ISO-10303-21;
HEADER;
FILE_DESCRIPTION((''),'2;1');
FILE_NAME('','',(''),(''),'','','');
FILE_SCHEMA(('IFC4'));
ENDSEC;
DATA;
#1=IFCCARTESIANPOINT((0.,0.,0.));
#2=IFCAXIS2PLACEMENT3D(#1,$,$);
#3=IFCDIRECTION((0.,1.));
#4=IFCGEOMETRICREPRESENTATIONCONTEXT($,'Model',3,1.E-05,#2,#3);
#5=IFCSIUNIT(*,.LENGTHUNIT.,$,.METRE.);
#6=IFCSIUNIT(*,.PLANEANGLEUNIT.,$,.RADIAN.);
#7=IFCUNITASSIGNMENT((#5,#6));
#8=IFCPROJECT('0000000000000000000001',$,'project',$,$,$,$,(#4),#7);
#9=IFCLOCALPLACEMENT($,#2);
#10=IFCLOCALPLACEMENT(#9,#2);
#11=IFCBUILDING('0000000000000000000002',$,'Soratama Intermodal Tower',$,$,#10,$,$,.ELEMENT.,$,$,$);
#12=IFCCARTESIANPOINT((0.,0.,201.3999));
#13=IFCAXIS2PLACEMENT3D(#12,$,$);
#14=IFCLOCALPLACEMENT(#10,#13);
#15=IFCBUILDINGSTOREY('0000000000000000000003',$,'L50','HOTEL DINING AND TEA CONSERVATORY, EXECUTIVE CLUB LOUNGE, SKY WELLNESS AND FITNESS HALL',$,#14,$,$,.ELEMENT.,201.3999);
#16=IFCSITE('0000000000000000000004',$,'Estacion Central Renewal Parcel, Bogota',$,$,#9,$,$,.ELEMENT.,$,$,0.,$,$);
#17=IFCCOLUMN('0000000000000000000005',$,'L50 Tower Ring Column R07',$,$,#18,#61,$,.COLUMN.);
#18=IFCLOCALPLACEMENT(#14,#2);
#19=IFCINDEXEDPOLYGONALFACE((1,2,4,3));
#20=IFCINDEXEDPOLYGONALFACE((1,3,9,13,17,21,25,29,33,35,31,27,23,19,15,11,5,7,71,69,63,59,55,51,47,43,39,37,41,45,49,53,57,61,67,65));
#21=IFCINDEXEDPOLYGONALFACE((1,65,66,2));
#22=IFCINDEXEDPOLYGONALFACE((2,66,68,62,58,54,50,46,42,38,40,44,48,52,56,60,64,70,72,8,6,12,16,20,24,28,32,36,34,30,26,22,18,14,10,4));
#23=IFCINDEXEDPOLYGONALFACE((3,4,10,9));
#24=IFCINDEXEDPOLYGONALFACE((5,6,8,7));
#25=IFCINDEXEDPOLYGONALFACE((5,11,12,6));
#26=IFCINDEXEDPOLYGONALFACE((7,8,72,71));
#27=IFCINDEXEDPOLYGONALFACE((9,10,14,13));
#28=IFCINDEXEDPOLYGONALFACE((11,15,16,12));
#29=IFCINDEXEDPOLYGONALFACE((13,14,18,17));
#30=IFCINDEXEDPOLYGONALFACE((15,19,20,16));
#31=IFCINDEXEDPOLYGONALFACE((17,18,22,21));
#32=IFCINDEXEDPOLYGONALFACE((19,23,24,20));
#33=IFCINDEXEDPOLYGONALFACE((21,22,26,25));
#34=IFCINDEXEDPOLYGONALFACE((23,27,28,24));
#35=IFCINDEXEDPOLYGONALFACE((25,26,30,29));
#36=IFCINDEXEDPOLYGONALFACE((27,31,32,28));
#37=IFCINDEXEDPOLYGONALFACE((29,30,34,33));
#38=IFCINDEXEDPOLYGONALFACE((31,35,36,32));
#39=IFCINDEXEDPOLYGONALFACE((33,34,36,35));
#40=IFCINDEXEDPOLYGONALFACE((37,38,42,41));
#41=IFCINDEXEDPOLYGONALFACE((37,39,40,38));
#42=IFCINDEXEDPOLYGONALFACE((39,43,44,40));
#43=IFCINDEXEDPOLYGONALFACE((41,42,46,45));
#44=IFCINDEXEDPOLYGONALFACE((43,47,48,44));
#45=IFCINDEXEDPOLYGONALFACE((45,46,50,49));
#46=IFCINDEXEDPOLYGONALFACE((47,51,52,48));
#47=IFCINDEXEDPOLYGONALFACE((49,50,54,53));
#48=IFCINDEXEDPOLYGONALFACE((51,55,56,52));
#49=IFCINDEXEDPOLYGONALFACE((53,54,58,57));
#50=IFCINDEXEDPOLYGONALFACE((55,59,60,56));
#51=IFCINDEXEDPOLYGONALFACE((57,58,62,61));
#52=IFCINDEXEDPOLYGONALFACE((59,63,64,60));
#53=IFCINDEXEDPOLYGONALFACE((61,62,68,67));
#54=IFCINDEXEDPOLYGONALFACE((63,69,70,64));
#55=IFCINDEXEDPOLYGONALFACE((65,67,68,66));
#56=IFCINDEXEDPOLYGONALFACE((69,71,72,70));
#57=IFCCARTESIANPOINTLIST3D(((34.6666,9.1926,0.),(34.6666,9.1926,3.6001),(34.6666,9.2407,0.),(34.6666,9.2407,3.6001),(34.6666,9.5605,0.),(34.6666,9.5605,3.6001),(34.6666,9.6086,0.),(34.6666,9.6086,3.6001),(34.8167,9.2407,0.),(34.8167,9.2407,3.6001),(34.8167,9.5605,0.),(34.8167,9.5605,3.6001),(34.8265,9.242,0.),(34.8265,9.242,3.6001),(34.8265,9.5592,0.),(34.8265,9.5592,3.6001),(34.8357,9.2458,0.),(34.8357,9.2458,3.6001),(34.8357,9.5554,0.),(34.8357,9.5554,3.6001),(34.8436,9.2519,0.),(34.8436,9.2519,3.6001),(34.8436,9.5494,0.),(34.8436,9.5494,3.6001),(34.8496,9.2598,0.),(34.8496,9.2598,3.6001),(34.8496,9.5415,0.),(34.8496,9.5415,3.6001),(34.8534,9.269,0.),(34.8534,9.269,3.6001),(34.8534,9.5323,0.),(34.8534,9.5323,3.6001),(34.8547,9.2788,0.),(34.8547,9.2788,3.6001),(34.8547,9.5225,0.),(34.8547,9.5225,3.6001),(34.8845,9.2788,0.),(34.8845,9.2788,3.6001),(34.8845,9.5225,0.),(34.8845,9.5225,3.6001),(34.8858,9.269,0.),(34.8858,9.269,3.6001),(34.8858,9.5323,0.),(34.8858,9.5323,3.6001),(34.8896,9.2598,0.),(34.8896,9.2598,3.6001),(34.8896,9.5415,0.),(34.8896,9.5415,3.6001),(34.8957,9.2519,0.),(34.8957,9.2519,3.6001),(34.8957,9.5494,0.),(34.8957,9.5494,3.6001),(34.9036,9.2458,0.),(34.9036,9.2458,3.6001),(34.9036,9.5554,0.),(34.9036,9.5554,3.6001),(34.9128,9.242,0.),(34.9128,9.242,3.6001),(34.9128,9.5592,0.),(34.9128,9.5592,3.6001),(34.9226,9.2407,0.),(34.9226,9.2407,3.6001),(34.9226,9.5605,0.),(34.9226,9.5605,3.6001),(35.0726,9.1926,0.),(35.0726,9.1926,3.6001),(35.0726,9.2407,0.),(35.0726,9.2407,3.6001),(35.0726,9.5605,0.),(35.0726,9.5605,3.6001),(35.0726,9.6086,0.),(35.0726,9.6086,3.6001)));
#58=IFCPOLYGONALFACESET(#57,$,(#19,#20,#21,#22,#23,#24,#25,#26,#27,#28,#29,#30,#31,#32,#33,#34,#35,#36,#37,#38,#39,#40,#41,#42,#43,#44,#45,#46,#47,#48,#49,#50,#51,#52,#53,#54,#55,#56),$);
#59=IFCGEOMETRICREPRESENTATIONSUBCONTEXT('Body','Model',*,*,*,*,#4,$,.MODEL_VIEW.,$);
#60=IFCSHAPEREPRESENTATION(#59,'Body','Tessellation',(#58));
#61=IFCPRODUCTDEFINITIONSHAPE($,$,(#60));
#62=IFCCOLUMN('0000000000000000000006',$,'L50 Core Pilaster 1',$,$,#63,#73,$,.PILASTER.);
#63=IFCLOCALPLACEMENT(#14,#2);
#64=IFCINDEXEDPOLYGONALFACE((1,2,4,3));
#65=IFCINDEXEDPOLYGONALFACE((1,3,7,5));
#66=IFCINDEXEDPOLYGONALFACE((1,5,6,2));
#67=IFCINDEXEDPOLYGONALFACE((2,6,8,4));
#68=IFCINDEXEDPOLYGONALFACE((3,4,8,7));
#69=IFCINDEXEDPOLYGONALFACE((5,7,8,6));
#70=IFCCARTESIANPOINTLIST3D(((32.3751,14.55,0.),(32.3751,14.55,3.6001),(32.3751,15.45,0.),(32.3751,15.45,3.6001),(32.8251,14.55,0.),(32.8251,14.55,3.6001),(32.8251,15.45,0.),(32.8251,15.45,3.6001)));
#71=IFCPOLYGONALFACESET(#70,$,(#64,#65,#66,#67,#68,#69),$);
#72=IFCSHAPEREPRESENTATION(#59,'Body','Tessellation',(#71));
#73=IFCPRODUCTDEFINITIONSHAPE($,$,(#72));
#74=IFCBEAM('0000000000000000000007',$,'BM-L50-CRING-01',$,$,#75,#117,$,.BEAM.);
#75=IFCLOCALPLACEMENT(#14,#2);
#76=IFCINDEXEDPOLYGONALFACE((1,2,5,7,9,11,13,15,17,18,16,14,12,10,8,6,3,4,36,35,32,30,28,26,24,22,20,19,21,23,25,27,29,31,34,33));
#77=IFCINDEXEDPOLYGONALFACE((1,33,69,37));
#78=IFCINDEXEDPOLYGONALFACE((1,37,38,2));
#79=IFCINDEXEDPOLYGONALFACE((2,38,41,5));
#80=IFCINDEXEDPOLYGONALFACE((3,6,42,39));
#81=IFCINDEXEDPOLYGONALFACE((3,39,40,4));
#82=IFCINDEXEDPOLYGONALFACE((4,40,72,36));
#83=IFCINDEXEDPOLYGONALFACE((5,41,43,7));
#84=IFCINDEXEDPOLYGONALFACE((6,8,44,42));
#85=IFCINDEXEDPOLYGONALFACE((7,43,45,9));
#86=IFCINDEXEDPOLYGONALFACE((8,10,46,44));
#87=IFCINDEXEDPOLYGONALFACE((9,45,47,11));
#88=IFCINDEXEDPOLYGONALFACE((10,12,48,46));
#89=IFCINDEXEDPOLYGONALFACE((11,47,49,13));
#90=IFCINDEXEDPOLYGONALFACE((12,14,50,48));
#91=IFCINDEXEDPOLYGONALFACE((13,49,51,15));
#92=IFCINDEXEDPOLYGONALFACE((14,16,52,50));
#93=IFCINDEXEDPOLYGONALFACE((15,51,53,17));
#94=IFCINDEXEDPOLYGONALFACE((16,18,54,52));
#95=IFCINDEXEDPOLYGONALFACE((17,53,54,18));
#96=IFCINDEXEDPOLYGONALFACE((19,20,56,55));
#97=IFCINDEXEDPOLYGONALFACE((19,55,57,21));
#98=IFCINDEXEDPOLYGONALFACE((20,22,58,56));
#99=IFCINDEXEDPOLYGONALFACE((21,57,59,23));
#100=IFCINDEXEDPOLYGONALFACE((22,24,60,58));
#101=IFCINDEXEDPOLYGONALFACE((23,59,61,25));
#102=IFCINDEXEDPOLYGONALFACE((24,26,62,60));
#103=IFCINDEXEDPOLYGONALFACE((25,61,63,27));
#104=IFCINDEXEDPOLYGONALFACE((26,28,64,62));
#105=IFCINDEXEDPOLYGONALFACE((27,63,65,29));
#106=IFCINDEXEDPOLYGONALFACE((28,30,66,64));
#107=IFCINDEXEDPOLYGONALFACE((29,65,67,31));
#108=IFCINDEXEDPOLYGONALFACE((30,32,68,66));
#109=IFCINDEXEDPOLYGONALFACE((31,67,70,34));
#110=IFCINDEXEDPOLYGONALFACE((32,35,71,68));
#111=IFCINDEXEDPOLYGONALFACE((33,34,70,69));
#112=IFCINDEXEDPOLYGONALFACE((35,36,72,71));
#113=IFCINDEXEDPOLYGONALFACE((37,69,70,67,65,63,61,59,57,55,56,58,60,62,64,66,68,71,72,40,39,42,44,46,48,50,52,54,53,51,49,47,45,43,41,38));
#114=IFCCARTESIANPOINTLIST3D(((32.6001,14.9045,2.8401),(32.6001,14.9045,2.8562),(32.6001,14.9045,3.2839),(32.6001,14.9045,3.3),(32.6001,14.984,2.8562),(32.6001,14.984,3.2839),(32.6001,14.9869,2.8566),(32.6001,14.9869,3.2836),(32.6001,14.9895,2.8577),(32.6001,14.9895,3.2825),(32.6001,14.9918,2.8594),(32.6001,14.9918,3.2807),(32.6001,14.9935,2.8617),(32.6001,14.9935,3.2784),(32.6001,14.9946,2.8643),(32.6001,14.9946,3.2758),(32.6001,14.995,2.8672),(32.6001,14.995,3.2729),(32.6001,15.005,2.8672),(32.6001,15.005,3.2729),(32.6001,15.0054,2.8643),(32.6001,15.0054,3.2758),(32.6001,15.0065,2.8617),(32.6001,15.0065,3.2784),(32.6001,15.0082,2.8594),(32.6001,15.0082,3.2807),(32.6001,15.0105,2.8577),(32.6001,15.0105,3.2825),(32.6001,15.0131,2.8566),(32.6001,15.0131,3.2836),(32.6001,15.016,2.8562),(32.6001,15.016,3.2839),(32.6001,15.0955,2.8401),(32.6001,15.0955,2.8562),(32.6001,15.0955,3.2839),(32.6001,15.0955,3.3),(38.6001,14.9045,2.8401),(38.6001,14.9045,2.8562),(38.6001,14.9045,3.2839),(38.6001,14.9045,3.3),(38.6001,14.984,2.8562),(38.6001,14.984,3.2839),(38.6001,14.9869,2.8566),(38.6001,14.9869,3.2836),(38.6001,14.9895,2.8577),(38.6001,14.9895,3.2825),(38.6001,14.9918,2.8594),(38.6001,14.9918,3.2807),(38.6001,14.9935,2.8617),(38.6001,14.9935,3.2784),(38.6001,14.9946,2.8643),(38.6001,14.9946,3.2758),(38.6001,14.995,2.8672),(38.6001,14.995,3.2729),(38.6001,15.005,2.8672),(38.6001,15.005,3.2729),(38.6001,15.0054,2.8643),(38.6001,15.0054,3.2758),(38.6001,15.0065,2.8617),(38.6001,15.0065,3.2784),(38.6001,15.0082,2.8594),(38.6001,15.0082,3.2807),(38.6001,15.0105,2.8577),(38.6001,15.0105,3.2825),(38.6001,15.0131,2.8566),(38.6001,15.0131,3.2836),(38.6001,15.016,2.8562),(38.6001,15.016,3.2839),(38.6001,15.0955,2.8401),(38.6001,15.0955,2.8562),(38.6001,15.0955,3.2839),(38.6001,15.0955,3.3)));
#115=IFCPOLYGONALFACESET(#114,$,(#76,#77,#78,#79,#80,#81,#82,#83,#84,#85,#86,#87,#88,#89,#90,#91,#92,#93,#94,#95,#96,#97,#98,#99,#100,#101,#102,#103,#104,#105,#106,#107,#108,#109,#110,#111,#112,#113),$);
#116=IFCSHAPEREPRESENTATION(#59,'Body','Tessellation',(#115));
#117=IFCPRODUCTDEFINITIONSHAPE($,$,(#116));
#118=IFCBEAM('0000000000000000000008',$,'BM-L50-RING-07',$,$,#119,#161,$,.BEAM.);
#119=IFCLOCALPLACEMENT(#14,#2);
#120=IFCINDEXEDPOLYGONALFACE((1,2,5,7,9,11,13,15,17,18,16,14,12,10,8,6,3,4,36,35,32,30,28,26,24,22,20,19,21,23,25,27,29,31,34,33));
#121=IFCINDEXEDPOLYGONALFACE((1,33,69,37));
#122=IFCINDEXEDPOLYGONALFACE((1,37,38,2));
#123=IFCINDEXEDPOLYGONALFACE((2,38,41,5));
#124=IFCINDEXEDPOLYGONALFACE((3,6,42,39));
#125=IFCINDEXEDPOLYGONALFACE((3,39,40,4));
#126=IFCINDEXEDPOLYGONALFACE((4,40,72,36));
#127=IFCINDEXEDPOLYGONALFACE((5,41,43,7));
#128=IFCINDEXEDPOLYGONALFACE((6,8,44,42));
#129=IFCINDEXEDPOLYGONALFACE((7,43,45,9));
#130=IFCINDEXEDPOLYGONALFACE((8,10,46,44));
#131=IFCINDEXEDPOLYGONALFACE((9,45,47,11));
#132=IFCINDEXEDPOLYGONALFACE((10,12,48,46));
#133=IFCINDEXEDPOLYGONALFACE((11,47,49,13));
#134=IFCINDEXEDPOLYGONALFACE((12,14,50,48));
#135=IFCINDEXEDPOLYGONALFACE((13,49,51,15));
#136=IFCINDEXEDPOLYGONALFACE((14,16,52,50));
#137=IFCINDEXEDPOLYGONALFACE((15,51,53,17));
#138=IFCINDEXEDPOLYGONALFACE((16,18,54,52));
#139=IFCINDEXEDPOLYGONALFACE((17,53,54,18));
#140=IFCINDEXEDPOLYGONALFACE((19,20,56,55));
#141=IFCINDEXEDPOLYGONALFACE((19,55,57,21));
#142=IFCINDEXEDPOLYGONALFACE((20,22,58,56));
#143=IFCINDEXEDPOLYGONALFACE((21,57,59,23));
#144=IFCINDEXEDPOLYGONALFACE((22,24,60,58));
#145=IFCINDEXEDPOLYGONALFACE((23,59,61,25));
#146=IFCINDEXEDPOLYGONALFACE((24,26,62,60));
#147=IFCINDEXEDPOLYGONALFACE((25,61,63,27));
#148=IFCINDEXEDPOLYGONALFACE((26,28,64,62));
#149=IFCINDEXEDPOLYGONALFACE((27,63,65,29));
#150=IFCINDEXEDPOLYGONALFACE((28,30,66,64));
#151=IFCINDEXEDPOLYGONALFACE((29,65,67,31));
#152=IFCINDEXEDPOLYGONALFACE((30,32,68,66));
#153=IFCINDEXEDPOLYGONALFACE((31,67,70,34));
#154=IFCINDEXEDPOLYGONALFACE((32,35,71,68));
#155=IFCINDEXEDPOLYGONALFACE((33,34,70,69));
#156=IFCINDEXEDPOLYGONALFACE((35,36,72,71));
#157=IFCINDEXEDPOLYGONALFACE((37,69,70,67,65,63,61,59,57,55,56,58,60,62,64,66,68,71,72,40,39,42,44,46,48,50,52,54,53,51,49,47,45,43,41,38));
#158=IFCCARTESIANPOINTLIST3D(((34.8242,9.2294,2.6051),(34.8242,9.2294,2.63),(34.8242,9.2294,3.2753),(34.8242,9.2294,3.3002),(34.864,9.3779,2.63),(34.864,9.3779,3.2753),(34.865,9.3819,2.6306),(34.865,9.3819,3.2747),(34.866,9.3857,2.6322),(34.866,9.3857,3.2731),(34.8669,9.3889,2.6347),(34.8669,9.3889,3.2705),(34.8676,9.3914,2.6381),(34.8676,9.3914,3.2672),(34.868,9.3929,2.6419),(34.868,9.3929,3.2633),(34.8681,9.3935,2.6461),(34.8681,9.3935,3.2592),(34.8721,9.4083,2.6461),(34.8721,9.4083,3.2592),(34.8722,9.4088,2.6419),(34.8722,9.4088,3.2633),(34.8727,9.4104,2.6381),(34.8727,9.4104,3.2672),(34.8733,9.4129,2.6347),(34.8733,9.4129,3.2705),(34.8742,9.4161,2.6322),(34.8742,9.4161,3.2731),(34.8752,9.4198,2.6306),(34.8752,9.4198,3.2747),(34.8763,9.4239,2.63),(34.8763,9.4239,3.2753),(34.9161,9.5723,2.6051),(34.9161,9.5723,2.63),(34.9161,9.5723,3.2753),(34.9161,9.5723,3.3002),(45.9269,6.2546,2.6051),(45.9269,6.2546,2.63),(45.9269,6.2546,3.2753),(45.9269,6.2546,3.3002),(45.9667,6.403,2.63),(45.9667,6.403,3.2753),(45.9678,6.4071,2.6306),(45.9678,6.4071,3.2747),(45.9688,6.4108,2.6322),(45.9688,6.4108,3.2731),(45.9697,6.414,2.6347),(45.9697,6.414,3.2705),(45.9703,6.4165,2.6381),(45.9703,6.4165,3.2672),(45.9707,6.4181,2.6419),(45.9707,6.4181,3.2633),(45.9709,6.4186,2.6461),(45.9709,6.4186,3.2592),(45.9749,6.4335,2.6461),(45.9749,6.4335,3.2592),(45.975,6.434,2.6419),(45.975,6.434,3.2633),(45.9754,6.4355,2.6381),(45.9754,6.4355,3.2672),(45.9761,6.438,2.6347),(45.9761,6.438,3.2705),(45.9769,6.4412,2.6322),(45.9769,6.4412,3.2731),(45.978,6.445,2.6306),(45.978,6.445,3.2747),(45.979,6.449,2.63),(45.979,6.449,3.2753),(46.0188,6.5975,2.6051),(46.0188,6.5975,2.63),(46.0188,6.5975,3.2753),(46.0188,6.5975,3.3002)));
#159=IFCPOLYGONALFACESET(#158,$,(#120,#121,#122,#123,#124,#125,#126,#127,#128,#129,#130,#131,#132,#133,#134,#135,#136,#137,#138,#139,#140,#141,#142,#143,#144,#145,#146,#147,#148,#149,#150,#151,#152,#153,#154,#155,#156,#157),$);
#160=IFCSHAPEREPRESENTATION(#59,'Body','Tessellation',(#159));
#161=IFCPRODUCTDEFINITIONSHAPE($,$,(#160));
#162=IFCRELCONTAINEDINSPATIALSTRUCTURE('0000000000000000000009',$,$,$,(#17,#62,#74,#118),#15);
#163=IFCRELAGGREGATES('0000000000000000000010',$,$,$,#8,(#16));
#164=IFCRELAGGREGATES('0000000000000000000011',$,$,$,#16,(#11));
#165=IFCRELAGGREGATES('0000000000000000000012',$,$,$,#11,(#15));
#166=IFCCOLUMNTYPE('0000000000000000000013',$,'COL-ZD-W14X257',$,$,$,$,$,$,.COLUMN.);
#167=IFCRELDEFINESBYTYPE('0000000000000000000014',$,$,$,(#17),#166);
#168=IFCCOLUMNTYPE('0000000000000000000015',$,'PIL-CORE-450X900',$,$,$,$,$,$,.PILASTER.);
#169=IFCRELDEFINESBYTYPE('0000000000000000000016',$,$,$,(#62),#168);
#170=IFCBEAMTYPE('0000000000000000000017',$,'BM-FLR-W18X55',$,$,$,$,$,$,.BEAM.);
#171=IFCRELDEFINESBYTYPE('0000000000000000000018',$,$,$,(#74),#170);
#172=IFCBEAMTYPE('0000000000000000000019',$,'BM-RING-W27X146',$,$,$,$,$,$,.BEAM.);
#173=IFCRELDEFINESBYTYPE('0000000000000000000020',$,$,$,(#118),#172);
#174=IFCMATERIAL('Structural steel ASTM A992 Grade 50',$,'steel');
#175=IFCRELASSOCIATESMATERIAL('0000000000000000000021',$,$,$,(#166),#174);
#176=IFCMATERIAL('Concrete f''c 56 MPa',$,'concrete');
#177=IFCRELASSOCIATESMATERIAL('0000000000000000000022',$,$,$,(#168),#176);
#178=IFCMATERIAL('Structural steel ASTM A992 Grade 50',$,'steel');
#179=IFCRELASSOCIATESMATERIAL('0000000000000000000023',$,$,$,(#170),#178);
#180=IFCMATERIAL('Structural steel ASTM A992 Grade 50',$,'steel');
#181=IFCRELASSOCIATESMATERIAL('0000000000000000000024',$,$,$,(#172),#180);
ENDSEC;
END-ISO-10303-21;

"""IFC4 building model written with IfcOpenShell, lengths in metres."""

from ifc_helpers import new_model, si_unit, direction, frame, origin, origin_2d, place, context, subcontext, project, spatial, rectangle, i_section, extrude, material, material_profile, profile_set, type_object, element, save


model = new_model("IFC4")

# Units and contexts
model_context = context("Model", 3, precision=1e-05, world=origin(), true_north=direction((0.0, 1.0)))
body_context = subcontext(model_context, "Body", "Model", "MODEL_VIEW")
ifc_project = project(units=[si_unit("LENGTHUNIT", "METRE"), si_unit("PLANEANGLEUNIT", "RADIAN")], contexts=[model_context])

# Site, building, storey
site_placement = place(None, origin())
site = spatial("IfcSite", under=ifc_project, at=site_placement, Name="Estacion Central Renewal Parcel, Bogota", CompositionType="ELEMENT", RefElevation=0.0)
building_placement = place(site_placement, origin())
building = spatial("IfcBuilding", under=site, at=building_placement, Name="Soratama Intermodal Tower", CompositionType="ELEMENT")
storey_placement = place(building_placement, frame((0.0, 0.0, 201.3999)))
storey = spatial("IfcBuildingStorey", under=building, at=storey_placement, Name="L50", Description="HOTEL DINING AND TEA CONSERVATORY, EXECUTIVE CLUB LOUNGE, SKY WELLNESS AND FITNESS HALL", CompositionType="ELEMENT", Elevation=201.3999)

# Columns
ifc_material_1 = material(Name="Structural steel ASTM A992 Grade 50", Category="steel")
ifc_material_profile_1 = material_profile(ifc_material_1, i_section(OverallWidth=0.406, OverallDepth=0.416, WebThickness=0.0298, FlangeThickness=0.0481, FilletRadius=0.0381, at=origin_2d()), Name="W14X257")
ifc_profile_set_1 = profile_set([ifc_material_profile_1], Name="Structural steel ASTM A992 Grade 50")
column_type_1 = type_object("IfcColumnType", Name="COL-ZD-W14X257", PredefinedType="COLUMN", material=ifc_profile_set_1)
column_1_placement = place(storey_placement, frame((34.8696, 9.4006, 0.0), z_axis=(0.0, 0.0, 1.0), x_axis=(1.0, 0.0, 0.0)))
element("IfcColumn", 1, at=column_1_placement, inside=storey, type_object=column_type_1, Name="L50 Tower Ring Column R07", PredefinedType="COLUMN", context=body_context, shape_type="SweptSolid", body=[
    extrude(i_section(OverallWidth=0.406, OverallDepth=0.416, WebThickness=0.0298, FlangeThickness=0.0481, FilletRadius=0.0381, at=origin_2d()), origin(), (0.0, 0.0, 1.0), 3.6001),
])
ifc_material_2 = material(Name="Concrete f'c 56 MPa", Category="concrete")
ifc_material_profile_2 = material_profile(ifc_material_2, rectangle(XDim=0.45, YDim=0.8999, at=origin_2d()), Name="RC450X900")
ifc_profile_set_2 = profile_set([ifc_material_profile_2], Name="Concrete f'c 56 MPa")
column_type_2 = type_object("IfcColumnType", Name="PIL-CORE-450X900", PredefinedType="PILASTER", material=ifc_profile_set_2)
column_2_placement = place(storey_placement, frame((32.6001, 15.0, 0.0), z_axis=(0.0, 0.0, 1.0), x_axis=(1.0, 0.0, 0.0)))
element("IfcColumn", 2, at=column_2_placement, inside=storey, type_object=column_type_2, Name="L50 Core Pilaster 1", PredefinedType="PILASTER", context=body_context, shape_type="SweptSolid", body=[
    extrude(rectangle(XDim=0.45, YDim=0.8999, at=origin_2d()), origin(), (0.0, 0.0, 1.0), 3.6001),
])

# Beams
ifc_material_3 = material(Name="Structural steel ASTM A992 Grade 50", Category="steel")
ifc_material_profile_3 = material_profile(ifc_material_3, i_section(OverallWidth=0.1909, OverallDepth=0.46, WebThickness=0.01, FlangeThickness=0.0161, FilletRadius=0.011, at=origin_2d()), Name="W18X55")
ifc_profile_set_3 = profile_set([ifc_material_profile_3], Name="Structural steel ASTM A992 Grade 50")
beam_type_1 = type_object("IfcBeamType", Name="BM-FLR-W18X55", PredefinedType="BEAM", material=ifc_profile_set_3)
beam_1_placement = place(storey_placement, frame((32.6001, 15.0, 3.0701), z_axis=(1.0, 0.0, 0.0), x_axis=(0.0, 1.0, 0.0)))
element("IfcBeam", 3, at=beam_1_placement, inside=storey, type_object=beam_type_1, Name="BM-L50-CRING-01", PredefinedType="BEAM", context=body_context, shape_type="SweptSolid", body=[
    extrude(i_section(OverallWidth=0.1909, OverallDepth=0.46, WebThickness=0.01, FlangeThickness=0.0161, FilletRadius=0.011, at=origin_2d()), origin(), (0.0, 0.0, 1.0), 6.0),
])
ifc_material_4 = material(Name="Structural steel ASTM A992 Grade 50", Category="steel")
ifc_material_profile_4 = material_profile(ifc_material_4, i_section(OverallWidth=0.355, OverallDepth=0.6951, WebThickness=0.0154, FlangeThickness=0.0249, FilletRadius=0.0161, at=origin_2d()), Name="W27X146")
ifc_profile_set_4 = profile_set([ifc_material_profile_4], Name="Structural steel ASTM A992 Grade 50")
beam_type_2 = type_object("IfcBeamType", Name="BM-RING-W27X146", PredefinedType="BEAM", material=ifc_profile_set_4)
beam_2_placement = place(storey_placement, frame((34.8701, 9.4009, 2.9526), z_axis=(0.965929, -0.258809, 0.0), x_axis=(0.258809, 0.965929, 0.0)))
element("IfcBeam", 4, at=beam_2_placement, inside=storey, type_object=beam_type_2, Name="BM-L50-RING-07", PredefinedType="BEAM", context=body_context, shape_type="SweptSolid", body=[
    extrude(i_section(OverallWidth=0.355, OverallDepth=0.6951, WebThickness=0.0154, FlangeThickness=0.0249, FilletRadius=0.0161, at=origin_2d()), origin(), (0.0, 0.0, 1.0), 11.4944),
])

save(model, "model.ifc")
